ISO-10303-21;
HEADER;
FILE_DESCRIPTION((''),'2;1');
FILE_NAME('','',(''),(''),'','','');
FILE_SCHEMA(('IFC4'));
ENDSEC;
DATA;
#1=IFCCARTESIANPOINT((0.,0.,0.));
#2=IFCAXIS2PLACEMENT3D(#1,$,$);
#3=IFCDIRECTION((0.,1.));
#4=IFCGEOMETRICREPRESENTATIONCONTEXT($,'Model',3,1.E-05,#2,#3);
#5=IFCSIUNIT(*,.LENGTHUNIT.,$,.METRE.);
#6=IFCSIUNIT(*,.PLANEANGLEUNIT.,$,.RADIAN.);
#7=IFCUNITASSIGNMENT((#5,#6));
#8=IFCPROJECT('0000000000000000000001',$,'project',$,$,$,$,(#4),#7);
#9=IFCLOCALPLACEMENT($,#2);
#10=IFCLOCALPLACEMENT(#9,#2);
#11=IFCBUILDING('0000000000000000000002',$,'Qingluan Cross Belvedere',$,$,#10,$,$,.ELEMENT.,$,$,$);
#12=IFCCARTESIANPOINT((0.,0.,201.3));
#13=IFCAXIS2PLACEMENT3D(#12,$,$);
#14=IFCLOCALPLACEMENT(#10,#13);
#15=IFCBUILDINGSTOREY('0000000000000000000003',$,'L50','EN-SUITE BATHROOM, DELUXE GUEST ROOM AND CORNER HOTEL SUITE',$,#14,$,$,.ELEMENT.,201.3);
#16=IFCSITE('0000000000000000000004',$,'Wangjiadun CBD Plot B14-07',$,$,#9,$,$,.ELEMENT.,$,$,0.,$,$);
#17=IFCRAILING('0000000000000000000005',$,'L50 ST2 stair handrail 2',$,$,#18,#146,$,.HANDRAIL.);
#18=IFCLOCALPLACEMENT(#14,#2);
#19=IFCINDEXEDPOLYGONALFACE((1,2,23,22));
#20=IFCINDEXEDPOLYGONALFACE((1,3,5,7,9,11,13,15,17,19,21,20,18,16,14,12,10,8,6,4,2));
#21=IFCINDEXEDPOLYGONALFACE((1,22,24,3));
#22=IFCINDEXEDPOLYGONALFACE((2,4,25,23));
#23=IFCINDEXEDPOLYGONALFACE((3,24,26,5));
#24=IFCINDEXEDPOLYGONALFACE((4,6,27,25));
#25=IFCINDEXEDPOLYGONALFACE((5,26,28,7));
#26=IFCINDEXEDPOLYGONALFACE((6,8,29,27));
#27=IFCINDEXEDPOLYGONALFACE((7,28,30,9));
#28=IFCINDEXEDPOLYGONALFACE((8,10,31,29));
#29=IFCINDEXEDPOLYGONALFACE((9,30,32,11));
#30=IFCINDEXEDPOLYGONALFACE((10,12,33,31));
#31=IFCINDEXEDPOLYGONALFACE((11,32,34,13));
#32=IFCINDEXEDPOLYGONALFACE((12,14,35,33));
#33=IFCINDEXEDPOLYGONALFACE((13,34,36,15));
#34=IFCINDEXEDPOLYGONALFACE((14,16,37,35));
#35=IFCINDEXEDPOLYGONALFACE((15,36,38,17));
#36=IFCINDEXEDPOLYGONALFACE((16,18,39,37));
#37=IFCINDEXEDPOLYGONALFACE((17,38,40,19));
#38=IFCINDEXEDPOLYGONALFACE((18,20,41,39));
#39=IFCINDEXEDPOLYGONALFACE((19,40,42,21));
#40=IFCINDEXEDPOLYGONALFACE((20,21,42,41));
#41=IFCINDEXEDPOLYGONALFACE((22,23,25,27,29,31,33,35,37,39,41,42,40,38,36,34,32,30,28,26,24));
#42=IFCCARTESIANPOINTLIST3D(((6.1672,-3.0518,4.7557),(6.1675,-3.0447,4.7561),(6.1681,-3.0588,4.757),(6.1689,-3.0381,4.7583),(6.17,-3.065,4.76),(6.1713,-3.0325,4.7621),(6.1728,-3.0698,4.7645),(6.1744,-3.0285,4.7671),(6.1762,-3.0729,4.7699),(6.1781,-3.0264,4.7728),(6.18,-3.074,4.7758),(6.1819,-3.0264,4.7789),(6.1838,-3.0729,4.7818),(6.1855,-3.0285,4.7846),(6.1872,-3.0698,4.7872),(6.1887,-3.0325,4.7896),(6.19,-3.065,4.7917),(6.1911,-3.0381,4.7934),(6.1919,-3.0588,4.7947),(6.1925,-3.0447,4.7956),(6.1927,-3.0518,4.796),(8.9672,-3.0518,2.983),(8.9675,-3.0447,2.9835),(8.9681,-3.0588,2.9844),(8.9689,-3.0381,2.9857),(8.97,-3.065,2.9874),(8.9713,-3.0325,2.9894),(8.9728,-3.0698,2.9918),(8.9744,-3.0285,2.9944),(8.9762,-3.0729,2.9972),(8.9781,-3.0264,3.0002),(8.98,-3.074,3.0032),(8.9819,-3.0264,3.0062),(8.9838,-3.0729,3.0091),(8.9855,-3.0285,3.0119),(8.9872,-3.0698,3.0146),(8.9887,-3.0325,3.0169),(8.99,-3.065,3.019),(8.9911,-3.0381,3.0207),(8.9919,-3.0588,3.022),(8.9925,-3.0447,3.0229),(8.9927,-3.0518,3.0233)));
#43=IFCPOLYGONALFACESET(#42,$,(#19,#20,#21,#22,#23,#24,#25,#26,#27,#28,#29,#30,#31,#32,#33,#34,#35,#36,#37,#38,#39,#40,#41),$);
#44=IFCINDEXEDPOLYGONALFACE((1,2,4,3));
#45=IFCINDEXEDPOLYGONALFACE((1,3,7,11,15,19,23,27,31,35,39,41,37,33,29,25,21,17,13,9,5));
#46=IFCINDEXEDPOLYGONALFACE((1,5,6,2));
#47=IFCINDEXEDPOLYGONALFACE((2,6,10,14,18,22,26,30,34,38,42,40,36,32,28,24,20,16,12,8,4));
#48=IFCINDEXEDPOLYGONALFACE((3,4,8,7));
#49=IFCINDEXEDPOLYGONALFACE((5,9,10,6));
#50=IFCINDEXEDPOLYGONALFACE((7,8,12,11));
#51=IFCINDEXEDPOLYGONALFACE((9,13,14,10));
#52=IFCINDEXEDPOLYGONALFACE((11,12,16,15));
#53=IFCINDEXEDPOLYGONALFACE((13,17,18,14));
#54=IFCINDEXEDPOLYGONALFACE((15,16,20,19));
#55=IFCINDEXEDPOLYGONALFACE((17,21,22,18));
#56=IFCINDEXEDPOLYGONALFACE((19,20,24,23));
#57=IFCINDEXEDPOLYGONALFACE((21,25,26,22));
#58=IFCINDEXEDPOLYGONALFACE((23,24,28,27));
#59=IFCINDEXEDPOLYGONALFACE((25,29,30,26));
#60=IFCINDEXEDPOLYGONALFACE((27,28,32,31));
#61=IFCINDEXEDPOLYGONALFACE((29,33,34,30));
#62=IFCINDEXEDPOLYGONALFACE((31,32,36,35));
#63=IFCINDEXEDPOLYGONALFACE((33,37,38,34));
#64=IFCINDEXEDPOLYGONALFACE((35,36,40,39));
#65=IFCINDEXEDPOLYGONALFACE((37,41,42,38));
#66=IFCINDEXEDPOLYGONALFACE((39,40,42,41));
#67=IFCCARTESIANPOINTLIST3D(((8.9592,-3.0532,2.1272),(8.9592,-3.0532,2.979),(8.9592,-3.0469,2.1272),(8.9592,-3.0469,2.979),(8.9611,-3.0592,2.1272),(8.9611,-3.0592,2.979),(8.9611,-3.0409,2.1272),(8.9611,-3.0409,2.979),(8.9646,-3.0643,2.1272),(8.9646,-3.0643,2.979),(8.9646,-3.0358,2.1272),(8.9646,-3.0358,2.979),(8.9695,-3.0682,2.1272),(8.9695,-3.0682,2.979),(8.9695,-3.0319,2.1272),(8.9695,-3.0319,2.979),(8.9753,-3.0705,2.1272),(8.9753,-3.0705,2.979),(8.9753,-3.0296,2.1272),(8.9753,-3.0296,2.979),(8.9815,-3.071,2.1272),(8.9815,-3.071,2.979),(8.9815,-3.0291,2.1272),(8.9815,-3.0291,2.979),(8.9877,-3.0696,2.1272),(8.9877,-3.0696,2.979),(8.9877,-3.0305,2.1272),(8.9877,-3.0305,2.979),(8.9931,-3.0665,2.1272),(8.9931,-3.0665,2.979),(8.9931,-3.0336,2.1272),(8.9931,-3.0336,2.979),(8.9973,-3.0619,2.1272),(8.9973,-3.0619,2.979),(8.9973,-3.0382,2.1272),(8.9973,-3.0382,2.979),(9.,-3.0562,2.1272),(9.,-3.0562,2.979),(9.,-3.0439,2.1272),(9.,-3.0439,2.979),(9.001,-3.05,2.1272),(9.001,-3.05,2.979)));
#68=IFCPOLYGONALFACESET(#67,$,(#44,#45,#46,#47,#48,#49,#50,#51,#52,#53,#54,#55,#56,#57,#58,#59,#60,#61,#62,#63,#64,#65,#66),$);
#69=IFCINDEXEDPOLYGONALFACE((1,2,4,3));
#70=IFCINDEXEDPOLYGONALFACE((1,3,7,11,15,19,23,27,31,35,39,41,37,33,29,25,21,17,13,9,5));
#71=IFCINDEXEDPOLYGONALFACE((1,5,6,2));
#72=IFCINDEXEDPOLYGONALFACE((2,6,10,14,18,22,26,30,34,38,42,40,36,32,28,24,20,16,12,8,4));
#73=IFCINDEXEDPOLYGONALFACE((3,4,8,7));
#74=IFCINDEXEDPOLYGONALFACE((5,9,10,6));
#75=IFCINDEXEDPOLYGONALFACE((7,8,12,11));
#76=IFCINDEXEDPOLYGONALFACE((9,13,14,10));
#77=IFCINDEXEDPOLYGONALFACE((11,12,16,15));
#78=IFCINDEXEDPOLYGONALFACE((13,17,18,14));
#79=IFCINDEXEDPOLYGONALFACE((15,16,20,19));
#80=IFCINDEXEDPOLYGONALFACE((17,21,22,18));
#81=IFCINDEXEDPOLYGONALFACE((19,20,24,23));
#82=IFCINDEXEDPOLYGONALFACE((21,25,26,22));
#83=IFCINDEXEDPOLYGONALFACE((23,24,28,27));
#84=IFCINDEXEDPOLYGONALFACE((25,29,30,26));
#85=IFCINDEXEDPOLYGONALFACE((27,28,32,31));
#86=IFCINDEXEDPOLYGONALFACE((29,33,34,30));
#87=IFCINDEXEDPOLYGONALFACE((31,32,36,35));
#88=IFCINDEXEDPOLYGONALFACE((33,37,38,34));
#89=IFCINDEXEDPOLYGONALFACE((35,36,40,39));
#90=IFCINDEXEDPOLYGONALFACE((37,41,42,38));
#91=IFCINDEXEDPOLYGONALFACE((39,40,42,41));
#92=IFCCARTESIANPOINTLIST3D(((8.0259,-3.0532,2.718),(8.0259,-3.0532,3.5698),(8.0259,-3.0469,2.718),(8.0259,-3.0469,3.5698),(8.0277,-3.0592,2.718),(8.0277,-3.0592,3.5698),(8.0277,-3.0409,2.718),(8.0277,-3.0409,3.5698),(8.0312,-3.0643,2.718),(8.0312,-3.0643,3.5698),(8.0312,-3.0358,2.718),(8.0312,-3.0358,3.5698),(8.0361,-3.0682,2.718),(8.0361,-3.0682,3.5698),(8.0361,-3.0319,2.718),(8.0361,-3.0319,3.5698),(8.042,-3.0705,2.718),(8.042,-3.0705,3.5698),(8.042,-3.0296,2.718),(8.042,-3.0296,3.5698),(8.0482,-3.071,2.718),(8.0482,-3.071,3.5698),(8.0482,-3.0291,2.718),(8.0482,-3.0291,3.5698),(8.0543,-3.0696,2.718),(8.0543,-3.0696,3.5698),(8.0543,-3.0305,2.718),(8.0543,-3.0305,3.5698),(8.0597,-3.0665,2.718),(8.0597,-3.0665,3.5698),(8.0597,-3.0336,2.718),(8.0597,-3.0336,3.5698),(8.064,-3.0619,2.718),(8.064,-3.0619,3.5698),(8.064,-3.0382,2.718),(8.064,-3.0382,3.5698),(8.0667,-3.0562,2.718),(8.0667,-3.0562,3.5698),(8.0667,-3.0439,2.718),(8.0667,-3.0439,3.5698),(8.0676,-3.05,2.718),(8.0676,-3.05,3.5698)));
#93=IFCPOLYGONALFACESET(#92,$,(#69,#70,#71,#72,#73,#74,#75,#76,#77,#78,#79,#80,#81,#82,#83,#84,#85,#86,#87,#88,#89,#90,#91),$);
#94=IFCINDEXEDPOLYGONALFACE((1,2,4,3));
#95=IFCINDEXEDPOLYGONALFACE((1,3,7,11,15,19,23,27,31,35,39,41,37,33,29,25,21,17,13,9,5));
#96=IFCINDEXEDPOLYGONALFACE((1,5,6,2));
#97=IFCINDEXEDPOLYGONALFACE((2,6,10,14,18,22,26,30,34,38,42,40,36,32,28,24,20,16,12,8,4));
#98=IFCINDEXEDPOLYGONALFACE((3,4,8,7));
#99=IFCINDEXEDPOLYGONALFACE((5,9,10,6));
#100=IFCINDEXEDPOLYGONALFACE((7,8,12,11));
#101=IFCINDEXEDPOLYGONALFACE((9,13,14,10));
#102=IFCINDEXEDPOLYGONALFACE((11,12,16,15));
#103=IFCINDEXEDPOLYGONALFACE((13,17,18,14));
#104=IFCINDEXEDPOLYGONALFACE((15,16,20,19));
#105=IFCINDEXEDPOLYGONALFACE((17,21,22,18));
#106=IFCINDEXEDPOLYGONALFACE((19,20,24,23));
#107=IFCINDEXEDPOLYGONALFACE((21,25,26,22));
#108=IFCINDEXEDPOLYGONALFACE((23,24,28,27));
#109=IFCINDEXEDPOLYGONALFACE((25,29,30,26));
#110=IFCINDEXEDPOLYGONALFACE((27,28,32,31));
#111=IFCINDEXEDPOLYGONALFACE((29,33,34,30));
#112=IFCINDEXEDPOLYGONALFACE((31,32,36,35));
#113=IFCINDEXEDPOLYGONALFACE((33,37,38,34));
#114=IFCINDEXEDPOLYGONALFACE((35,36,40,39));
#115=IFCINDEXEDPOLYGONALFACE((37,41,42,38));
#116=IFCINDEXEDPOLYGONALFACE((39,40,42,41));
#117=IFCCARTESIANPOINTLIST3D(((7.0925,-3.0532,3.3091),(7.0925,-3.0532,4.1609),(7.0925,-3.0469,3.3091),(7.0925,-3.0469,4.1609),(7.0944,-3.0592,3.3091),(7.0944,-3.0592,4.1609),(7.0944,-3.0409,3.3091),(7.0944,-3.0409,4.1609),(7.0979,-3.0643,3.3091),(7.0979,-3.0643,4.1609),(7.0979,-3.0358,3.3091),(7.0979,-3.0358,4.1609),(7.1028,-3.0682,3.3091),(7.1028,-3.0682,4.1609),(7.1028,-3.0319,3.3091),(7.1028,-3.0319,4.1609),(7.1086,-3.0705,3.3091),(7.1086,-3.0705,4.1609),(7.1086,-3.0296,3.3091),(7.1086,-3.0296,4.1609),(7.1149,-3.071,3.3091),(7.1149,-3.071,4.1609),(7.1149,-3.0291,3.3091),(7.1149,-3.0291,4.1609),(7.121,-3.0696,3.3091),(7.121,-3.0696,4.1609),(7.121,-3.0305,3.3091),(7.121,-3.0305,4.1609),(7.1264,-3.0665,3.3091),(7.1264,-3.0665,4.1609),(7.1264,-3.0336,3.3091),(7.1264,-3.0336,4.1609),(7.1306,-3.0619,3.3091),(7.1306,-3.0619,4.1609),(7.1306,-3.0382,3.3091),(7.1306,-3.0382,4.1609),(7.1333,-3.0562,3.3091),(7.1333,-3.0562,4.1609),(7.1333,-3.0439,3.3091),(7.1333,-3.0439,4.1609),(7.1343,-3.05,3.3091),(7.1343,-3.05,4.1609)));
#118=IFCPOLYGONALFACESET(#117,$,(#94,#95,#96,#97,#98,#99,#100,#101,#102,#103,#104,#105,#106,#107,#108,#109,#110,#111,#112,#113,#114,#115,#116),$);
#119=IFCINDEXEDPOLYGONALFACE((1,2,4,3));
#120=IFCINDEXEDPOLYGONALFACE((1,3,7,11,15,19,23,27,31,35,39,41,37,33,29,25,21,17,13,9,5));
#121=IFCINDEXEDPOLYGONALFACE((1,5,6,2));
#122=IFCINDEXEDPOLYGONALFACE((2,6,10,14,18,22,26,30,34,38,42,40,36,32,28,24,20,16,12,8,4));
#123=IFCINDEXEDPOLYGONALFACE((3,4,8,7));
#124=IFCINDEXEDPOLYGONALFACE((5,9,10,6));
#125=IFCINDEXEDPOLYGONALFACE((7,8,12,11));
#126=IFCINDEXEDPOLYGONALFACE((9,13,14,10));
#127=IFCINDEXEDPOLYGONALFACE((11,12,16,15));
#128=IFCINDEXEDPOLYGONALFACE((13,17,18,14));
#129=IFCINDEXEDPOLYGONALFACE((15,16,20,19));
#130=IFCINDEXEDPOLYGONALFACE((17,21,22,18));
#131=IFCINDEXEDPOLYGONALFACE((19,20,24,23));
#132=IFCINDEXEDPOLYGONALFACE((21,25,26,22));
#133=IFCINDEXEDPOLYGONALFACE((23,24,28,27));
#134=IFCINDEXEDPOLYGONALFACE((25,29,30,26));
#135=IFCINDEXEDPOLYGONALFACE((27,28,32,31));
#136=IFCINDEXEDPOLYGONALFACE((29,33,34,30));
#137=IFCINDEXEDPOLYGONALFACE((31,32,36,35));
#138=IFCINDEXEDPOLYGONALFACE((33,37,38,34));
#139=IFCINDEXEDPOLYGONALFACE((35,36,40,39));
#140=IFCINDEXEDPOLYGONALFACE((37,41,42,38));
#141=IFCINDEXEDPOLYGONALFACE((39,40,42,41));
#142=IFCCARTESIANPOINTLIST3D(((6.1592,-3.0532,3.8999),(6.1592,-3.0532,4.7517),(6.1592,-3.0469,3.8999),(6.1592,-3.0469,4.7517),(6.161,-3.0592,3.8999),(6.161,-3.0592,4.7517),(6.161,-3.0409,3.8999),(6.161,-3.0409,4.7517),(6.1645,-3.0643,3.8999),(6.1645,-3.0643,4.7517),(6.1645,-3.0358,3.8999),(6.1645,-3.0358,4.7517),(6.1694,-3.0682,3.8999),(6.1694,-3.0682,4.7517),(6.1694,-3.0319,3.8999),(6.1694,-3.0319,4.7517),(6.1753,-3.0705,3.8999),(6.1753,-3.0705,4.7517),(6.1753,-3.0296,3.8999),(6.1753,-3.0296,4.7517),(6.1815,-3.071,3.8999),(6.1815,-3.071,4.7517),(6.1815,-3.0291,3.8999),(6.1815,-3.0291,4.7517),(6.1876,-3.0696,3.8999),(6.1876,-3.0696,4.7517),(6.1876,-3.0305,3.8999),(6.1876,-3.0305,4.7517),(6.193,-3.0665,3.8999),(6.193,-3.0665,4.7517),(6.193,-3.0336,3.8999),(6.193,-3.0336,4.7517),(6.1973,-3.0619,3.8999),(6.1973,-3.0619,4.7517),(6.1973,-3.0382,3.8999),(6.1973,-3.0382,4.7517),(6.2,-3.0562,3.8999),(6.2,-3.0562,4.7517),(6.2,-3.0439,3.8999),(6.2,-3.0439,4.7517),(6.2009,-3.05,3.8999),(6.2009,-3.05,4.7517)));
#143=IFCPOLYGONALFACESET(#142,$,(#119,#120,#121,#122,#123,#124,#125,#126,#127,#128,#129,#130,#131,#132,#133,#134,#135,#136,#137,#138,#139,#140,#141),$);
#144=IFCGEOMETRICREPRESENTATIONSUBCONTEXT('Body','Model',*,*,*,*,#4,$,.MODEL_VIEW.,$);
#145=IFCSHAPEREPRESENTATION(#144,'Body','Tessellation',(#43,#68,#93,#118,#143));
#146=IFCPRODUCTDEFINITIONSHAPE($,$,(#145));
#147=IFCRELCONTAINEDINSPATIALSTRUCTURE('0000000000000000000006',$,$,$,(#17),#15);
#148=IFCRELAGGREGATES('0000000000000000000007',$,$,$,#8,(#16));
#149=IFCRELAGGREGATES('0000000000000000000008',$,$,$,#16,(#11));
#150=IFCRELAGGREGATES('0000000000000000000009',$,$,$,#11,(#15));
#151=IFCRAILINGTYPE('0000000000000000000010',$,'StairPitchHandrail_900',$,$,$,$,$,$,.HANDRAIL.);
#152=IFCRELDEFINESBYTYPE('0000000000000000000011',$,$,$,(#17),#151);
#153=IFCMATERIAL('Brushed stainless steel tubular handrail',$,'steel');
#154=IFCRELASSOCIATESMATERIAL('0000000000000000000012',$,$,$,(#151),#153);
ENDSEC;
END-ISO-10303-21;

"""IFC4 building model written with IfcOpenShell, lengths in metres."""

from ifc_helpers import new_model, si_unit, direction, frame, origin, origin_2d, place, context, subcontext, project, spatial, circle, extrude, material, type_object, element, save


model = new_model("IFC4")

# Units and contexts
model_context = context("Model", 3, precision=1e-05, world=origin(), true_north=direction((0.0, 1.0)))
body_context = subcontext(model_context, "Body", "Model", "MODEL_VIEW")
ifc_project = project(units=[si_unit("LENGTHUNIT", "METRE"), si_unit("PLANEANGLEUNIT", "RADIAN")], contexts=[model_context])

# Site, building, storey
site_placement = place(None, origin())
site = spatial("IfcSite", under=ifc_project, at=site_placement, Name="Wangjiadun CBD Plot B14-07", CompositionType="ELEMENT", RefElevation=0.0)
building_placement = place(site_placement, origin())
building = spatial("IfcBuilding", under=site, at=building_placement, Name="Qingluan Cross Belvedere", CompositionType="ELEMENT")
storey_placement = place(building_placement, frame((0.0, 0.0, 201.3)))
storey = spatial("IfcBuildingStorey", under=building, at=storey_placement, Name="L50", Description="EN-SUITE BATHROOM, DELUXE GUEST ROOM AND CORNER HOTEL SUITE", CompositionType="ELEMENT", Elevation=201.3)

# Railing
ifc_material_1 = material(Name="Brushed stainless steel tubular handrail", Category="steel")
railing_type_1 = type_object("IfcRailingType", Name="StairPitchHandrail_900", PredefinedType="HANDRAIL", material=ifc_material_1)
railing_1_placement = place(storey_placement, frame((8.98, -3.05, 2.1272)))
element("IfcRailing", 1, at=railing_1_placement, inside=storey, type_object=railing_type_1, Name="L50 ST2 stair handrail 2", PredefinedType="HANDRAIL", context=body_context, shape_type="SweptSolid", body=[
    extrude(circle(Radius=0.0239, at=origin_2d()), frame((0.0, 0.0, 0.876), z_axis=(-0.844909, 0.0, 0.53491), x_axis=(0.0, -1.0, 0.0)), (0.0, 0.0, 1.0), 3.314),
    extrude(circle(Radius=0.021, at=origin_2d()), origin(), (0.0, 0.0, 1.0), 0.8518),
    extrude(circle(Radius=0.021, at=origin_2d()), frame((-0.9333, 0.0, 0.5908)), (0.0, 0.0, 1.0), 0.8518),
    extrude(circle(Radius=0.021, at=origin_2d()), frame((-1.8667, 0.0, 1.1819)), (0.0, 0.0, 1.0), 0.8518),
    extrude(circle(Radius=0.021, at=origin_2d()), frame((-2.8, 0.0, 1.7727)), (0.0, 0.0, 1.0), 0.8518),
])

save(model, "model.ifc")
